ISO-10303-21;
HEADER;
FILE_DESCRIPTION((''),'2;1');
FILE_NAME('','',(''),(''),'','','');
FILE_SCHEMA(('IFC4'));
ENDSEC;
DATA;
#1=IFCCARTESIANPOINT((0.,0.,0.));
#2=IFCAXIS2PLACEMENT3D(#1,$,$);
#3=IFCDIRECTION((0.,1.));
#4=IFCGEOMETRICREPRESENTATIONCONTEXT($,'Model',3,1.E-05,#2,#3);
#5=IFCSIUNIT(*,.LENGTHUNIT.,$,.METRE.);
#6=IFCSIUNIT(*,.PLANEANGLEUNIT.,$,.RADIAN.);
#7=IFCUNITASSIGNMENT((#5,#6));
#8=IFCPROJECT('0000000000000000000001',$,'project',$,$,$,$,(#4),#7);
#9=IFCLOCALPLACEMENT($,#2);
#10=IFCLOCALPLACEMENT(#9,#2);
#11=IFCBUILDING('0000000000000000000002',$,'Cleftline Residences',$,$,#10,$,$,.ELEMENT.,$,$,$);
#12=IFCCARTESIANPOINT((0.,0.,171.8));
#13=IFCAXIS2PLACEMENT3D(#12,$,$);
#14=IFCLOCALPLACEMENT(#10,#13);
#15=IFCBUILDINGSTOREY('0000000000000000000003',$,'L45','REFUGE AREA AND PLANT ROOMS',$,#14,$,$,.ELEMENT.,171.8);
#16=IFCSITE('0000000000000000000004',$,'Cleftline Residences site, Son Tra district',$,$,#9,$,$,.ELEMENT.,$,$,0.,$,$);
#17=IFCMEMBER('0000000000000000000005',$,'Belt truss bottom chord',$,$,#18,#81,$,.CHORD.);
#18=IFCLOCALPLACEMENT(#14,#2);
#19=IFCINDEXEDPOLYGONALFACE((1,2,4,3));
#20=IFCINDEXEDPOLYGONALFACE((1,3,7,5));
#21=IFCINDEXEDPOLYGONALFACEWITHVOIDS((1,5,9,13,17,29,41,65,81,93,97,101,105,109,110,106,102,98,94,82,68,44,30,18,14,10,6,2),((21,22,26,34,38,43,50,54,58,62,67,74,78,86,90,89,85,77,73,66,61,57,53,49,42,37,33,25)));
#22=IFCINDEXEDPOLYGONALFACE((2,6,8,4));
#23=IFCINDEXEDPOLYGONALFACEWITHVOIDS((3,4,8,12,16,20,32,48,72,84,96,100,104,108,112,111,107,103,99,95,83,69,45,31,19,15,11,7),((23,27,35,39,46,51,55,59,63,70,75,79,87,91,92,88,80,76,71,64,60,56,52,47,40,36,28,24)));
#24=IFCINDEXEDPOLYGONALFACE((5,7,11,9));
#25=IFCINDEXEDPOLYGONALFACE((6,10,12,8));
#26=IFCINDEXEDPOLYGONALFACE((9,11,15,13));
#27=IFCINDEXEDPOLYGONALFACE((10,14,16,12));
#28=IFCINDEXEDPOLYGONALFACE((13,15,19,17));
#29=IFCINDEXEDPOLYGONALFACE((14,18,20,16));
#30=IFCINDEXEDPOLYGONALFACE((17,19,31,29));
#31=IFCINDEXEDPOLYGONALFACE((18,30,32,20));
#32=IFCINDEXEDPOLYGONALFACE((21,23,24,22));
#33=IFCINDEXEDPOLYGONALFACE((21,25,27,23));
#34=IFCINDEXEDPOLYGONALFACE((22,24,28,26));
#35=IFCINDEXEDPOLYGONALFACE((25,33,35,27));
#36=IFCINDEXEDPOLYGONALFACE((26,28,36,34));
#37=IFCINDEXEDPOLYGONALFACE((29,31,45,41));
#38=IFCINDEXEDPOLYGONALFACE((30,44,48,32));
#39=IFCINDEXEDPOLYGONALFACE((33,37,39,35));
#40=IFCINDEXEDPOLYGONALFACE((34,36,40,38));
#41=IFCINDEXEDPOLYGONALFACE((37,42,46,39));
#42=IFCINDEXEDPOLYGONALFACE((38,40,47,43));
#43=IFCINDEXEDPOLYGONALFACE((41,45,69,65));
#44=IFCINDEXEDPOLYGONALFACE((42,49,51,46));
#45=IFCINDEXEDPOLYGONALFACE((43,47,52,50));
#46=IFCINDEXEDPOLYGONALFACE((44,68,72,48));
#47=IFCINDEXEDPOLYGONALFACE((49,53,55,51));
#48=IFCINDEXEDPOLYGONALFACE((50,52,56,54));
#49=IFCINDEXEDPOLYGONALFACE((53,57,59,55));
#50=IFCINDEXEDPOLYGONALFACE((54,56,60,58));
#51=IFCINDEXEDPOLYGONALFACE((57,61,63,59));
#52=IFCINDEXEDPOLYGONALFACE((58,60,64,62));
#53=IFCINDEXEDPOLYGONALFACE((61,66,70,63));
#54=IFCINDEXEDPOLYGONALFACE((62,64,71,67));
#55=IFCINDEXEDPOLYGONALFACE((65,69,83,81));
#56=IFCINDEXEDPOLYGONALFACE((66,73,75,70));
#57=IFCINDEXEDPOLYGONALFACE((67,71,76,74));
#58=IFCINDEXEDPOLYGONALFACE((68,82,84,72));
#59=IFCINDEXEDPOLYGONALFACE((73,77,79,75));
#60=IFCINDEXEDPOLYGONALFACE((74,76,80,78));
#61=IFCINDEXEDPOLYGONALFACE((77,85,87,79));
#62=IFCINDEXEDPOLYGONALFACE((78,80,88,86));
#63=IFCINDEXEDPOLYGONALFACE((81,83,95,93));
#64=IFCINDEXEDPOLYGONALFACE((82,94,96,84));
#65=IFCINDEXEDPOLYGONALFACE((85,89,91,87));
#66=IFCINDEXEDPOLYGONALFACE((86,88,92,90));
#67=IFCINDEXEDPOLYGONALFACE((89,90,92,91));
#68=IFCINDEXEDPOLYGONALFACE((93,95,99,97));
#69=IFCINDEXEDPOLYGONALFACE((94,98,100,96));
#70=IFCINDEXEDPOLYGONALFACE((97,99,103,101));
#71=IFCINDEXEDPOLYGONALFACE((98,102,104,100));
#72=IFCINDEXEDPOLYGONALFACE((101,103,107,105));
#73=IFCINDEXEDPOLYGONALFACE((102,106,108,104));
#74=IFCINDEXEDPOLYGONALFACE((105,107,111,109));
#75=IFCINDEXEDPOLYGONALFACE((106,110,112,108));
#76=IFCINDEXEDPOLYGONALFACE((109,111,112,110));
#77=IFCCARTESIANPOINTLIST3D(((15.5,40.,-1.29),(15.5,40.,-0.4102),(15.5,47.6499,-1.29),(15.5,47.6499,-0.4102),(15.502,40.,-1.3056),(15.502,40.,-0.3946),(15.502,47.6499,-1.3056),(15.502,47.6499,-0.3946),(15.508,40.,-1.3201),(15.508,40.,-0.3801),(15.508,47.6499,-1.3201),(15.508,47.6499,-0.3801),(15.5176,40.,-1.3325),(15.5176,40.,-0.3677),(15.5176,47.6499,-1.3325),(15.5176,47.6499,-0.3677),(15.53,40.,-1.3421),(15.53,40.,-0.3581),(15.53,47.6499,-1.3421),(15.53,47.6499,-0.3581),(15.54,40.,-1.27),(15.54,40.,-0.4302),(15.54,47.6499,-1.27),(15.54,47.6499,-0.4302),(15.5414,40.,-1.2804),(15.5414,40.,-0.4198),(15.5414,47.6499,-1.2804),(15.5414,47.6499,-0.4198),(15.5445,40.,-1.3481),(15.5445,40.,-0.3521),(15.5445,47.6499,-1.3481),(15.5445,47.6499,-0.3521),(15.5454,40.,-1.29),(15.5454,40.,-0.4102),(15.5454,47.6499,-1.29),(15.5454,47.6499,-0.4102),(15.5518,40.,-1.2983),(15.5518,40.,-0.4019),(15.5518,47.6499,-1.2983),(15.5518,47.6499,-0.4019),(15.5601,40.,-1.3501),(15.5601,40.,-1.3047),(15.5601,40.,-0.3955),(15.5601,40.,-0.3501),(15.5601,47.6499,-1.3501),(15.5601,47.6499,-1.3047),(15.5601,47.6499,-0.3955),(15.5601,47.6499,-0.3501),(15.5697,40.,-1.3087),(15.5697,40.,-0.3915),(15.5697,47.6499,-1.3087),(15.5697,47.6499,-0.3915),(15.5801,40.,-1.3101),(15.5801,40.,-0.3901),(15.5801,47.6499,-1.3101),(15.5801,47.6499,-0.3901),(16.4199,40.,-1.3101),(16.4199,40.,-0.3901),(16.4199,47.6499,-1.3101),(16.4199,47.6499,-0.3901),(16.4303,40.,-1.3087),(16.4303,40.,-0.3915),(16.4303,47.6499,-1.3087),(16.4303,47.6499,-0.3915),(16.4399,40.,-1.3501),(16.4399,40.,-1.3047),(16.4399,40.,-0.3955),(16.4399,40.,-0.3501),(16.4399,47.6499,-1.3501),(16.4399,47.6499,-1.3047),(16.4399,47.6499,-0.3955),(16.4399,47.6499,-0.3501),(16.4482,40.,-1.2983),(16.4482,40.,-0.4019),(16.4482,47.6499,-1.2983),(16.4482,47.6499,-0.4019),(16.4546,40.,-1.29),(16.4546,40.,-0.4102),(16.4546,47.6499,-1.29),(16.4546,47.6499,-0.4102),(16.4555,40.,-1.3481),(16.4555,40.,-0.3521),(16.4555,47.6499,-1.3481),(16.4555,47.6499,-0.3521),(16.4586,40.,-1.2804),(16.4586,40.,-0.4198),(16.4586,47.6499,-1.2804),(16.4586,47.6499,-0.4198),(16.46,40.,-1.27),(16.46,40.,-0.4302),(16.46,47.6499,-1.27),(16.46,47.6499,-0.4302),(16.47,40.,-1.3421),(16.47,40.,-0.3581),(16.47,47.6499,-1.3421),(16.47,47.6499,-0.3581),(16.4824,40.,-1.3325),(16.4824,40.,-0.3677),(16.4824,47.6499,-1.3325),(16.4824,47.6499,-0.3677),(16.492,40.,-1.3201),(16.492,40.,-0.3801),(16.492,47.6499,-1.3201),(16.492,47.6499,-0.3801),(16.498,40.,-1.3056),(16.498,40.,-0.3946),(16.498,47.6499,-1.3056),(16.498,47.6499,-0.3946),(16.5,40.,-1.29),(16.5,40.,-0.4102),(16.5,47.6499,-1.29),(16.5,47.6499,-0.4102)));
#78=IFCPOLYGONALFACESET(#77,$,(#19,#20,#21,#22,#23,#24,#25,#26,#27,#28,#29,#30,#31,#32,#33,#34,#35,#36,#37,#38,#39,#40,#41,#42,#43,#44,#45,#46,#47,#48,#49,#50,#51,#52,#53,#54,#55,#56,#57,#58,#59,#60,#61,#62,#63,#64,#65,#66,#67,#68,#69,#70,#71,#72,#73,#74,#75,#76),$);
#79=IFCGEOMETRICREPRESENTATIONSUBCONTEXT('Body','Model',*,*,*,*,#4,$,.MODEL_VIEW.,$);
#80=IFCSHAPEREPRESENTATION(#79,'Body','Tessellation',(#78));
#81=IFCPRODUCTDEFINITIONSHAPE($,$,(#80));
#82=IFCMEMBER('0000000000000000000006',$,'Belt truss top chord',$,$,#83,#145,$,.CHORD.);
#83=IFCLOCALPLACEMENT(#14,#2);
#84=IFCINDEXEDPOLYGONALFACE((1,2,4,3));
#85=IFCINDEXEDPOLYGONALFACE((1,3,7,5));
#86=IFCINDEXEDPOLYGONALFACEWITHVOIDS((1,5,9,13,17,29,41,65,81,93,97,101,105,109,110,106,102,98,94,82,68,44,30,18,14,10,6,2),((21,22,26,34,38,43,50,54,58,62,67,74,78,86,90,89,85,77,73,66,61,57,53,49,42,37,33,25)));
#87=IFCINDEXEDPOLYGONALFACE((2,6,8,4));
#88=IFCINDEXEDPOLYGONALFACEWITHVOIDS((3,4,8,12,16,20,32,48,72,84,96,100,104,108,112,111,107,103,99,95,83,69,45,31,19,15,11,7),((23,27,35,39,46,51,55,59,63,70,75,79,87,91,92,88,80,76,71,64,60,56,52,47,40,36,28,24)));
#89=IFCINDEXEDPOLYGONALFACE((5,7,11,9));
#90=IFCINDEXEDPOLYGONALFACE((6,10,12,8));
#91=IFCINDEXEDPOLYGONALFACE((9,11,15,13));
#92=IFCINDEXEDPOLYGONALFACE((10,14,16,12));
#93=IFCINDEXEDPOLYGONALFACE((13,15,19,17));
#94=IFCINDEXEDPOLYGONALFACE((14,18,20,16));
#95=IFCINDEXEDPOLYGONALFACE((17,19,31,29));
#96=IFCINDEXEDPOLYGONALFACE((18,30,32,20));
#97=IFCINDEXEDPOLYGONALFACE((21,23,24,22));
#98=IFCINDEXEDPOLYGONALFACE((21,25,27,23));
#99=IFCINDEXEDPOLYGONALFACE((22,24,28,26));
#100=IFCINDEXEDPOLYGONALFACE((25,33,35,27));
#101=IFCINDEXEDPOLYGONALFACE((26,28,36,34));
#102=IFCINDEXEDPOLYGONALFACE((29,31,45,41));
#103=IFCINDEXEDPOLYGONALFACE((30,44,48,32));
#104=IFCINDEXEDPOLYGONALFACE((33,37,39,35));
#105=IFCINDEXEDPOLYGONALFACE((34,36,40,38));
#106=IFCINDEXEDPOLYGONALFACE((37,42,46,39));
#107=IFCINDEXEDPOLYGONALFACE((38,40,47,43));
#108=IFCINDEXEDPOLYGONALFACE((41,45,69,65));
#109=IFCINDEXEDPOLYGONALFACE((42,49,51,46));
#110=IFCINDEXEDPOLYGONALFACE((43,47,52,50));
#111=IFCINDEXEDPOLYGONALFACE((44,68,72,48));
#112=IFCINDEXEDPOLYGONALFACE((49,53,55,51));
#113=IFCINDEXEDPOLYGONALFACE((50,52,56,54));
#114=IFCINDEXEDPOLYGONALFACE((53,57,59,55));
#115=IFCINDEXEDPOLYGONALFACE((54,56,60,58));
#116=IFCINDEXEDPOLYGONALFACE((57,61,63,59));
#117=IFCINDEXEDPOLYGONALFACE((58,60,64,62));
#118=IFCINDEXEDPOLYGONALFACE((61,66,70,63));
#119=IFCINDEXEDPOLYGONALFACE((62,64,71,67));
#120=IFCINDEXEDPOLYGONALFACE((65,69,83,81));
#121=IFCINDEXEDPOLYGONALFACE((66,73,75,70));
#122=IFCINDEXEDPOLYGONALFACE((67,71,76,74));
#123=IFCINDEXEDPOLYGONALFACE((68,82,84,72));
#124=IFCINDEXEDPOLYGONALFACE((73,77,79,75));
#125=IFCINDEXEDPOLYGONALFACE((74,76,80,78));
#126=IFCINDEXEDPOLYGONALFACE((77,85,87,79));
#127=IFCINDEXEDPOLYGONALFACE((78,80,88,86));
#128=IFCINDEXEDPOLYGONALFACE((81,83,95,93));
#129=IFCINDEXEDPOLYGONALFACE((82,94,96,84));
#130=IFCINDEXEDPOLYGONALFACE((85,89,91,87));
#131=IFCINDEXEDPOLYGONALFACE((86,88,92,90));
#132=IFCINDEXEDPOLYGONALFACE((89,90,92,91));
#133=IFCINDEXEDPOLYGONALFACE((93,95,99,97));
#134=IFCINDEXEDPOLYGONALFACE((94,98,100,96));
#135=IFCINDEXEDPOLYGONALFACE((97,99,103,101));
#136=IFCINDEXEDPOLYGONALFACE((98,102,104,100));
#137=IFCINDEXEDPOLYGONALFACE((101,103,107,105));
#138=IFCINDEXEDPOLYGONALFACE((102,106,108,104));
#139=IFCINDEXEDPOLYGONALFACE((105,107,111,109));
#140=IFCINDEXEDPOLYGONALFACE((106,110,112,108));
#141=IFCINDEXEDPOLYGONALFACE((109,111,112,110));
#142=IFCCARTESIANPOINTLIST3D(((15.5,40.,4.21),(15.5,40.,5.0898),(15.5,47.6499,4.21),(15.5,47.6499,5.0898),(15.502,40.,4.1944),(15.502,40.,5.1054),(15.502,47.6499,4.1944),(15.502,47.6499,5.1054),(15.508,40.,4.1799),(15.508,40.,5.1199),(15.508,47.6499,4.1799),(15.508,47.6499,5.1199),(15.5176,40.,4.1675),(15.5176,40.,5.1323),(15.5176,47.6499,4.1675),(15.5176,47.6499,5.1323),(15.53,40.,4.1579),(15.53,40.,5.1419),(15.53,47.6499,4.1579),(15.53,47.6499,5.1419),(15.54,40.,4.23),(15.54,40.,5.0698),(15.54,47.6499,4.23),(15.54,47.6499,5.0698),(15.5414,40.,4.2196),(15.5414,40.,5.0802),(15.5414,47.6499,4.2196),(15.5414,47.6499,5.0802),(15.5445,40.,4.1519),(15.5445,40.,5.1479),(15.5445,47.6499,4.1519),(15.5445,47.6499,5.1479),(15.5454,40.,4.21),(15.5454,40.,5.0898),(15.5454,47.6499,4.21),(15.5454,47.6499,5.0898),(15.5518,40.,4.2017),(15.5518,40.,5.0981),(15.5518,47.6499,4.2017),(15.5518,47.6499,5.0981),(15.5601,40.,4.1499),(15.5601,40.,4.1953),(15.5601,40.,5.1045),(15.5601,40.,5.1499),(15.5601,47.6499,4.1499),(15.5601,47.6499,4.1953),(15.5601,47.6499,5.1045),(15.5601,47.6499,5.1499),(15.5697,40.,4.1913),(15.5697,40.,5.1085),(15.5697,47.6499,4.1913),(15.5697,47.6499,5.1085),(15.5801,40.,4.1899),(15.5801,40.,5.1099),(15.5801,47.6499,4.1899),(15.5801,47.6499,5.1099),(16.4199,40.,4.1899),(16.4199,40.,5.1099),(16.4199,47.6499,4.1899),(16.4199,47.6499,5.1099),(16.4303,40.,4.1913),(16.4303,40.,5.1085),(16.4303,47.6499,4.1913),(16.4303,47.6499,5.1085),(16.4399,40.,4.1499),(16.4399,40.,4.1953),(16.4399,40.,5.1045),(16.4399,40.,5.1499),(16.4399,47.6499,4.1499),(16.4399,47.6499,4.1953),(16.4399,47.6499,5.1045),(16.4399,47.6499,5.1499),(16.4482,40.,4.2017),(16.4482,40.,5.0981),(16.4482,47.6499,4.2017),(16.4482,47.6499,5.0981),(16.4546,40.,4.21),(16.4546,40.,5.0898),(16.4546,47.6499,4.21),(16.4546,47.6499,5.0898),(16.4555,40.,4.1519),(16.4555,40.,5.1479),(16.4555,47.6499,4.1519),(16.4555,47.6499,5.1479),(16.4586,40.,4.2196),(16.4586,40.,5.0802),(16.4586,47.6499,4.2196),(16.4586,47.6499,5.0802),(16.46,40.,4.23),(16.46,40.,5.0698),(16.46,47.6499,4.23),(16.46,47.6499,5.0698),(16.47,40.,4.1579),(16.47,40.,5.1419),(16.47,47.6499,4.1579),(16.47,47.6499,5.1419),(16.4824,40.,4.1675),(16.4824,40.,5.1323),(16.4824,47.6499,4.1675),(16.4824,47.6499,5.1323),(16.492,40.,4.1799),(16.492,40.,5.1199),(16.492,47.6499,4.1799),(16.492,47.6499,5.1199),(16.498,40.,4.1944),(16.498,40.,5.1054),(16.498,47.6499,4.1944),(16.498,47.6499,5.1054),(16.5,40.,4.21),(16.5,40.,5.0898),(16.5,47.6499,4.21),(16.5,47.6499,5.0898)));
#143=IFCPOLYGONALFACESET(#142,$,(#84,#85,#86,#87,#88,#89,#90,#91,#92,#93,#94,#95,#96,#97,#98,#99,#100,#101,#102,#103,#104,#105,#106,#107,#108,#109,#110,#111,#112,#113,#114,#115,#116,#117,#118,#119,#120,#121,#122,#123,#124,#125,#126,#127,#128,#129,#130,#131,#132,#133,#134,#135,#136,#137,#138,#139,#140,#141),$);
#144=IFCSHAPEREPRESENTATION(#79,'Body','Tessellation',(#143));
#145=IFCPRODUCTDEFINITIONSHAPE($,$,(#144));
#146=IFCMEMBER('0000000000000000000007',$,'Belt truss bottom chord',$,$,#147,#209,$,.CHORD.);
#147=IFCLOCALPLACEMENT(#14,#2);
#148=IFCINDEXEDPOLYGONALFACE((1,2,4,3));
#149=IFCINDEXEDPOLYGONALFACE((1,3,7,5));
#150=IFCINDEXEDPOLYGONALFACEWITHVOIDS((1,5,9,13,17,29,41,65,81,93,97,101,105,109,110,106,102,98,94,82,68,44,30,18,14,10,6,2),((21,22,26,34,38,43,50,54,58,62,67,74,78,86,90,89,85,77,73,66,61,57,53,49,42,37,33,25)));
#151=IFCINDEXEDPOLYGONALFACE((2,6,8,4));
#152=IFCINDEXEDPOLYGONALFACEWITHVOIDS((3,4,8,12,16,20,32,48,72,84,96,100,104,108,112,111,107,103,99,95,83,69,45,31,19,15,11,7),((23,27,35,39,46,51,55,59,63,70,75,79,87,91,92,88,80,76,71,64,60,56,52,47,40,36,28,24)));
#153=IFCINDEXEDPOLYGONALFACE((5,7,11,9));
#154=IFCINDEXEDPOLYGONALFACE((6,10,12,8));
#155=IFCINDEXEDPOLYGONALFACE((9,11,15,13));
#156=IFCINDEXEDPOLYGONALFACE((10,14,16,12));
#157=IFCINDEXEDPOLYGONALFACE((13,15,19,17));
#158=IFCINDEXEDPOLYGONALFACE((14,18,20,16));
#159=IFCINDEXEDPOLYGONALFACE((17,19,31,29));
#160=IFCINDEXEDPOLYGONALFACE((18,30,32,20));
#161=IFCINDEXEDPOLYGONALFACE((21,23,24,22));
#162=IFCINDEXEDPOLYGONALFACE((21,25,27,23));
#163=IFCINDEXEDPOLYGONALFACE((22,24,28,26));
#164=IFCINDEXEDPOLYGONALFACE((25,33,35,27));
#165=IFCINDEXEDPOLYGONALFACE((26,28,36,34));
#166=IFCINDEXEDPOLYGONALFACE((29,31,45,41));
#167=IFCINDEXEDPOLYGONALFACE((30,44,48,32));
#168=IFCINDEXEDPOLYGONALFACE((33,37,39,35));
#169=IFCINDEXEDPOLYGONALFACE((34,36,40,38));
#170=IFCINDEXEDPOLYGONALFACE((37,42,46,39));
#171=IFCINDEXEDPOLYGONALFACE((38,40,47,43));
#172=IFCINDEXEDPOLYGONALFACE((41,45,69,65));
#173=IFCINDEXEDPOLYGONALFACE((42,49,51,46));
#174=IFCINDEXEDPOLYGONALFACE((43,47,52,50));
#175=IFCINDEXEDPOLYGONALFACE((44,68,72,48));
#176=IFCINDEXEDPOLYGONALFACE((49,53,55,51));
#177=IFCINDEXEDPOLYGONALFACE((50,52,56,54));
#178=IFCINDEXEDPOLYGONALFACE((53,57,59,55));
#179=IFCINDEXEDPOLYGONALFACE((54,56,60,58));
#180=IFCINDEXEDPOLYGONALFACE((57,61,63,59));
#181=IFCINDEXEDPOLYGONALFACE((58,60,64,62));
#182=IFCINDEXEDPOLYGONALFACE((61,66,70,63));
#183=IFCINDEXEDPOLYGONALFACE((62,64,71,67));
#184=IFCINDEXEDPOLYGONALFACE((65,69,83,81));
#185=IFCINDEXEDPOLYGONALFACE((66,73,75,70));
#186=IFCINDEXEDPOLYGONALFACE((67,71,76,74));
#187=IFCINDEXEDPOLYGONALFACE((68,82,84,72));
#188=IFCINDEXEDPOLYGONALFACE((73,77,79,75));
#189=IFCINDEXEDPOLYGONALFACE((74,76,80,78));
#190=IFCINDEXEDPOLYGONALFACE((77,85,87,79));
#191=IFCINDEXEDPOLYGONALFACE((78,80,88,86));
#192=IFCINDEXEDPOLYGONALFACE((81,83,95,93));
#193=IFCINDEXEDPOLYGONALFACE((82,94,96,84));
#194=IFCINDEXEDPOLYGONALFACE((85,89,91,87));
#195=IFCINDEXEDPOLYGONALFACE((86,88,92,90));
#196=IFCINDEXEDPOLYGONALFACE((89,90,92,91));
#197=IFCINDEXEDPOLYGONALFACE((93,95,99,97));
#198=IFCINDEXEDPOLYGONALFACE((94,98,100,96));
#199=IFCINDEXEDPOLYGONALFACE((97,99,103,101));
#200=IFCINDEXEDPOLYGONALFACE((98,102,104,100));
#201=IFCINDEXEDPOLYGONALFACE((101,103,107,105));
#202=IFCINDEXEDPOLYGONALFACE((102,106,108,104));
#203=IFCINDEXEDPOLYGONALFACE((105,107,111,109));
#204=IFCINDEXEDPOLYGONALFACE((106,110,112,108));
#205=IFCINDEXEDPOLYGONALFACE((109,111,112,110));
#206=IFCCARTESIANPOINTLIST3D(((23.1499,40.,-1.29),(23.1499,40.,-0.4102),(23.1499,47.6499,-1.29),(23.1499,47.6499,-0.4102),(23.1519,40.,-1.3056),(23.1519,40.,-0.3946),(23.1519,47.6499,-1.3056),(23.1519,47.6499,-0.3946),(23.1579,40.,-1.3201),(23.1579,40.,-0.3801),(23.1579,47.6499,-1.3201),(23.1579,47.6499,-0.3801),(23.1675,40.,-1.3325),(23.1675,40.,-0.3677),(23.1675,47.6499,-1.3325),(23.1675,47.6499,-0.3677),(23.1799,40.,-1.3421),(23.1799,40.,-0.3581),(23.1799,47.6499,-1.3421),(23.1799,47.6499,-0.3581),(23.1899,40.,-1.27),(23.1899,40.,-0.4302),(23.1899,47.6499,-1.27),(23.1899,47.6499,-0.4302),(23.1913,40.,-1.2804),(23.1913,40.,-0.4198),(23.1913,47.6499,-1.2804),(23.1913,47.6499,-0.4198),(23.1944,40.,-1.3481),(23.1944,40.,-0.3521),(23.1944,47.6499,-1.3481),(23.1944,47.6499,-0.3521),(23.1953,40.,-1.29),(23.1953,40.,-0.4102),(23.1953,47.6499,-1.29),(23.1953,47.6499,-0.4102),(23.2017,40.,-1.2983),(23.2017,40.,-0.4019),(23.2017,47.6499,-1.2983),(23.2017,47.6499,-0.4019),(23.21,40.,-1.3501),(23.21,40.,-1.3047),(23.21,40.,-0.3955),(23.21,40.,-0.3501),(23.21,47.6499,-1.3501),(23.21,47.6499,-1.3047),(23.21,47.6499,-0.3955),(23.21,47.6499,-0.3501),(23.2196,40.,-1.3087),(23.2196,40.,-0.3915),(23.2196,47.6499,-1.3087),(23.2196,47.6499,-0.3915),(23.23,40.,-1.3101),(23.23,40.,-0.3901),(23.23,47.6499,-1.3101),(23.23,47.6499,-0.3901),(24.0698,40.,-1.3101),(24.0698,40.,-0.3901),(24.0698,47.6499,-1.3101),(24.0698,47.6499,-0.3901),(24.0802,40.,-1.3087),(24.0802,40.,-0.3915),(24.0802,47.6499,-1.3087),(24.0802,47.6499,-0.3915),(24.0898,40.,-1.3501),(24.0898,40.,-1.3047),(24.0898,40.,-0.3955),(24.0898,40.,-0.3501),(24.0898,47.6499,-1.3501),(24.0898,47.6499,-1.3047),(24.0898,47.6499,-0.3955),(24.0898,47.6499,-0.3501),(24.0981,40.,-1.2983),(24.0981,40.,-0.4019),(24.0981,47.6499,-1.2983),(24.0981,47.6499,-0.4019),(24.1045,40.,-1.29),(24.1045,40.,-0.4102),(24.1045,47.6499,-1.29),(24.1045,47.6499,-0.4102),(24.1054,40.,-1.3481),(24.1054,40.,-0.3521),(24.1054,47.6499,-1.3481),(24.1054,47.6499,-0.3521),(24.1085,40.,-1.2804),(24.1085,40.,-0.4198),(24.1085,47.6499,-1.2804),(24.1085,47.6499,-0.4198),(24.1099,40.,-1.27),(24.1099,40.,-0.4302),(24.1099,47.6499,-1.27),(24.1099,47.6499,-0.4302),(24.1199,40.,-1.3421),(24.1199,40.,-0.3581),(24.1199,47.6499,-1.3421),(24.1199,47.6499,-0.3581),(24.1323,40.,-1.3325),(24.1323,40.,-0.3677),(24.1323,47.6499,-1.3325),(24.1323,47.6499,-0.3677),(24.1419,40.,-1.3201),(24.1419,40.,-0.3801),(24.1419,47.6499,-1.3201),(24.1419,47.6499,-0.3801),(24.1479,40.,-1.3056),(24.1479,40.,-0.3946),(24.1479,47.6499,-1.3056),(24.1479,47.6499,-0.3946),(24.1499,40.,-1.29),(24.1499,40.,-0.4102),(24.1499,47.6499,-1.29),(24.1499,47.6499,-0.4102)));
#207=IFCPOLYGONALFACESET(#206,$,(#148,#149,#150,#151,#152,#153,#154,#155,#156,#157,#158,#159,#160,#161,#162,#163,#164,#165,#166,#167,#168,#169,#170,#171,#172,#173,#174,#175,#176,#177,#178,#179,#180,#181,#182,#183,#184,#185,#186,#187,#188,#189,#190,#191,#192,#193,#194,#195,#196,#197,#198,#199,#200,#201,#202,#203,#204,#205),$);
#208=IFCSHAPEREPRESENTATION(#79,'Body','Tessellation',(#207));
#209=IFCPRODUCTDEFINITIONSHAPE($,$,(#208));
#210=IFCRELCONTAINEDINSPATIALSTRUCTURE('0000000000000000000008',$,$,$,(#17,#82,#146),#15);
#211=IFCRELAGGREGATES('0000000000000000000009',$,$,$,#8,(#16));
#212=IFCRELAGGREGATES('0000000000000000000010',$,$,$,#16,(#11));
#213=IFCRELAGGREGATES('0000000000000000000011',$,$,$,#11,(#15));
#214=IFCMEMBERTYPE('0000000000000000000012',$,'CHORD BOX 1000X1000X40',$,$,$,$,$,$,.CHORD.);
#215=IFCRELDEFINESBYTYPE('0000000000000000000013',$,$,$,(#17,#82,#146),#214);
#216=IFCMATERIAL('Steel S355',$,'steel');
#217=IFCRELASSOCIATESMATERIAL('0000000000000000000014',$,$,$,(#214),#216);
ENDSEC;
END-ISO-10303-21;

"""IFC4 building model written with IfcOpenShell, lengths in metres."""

from ifc_helpers import new_model, si_unit, direction, frame, origin, origin_2d, place, context, subcontext, project, spatial, hollow_rectangle, extrude, material, material_profile, profile_set, type_object, element, save


model = new_model("IFC4")

# Units and contexts
model_context = context("Model", 3, precision=1e-05, world=origin(), true_north=direction((0.0, 1.0)))
body_context = subcontext(model_context, "Body", "Model", "MODEL_VIEW")
ifc_project = project(units=[si_unit("LENGTHUNIT", "METRE"), si_unit("PLANEANGLEUNIT", "RADIAN")], contexts=[model_context])

# Site, building, storey
site_placement = place(None, origin())
site = spatial("IfcSite", under=ifc_project, at=site_placement, Name="Cleftline Residences site, Son Tra district", CompositionType="ELEMENT", RefElevation=0.0)
building_placement = place(site_placement, origin())
building = spatial("IfcBuilding", under=site, at=building_placement, Name="Cleftline Residences", CompositionType="ELEMENT")
storey_placement = place(building_placement, frame((0.0, 0.0, 171.8)))
storey = spatial("IfcBuildingStorey", under=building, at=storey_placement, Name="L45", Description="REFUGE AREA AND PLANT ROOMS", CompositionType="ELEMENT", Elevation=171.8)

# Members
ifc_material_1 = material(Name="Steel S355", Category="steel")
ifc_material_profile_1 = material_profile(ifc_material_1, hollow_rectangle(XDim=1.0, YDim=1.0, WallThickness=0.04, InnerFilletRadius=0.04, OuterFilletRadius=0.0601, at=origin_2d()))
ifc_profile_set_1 = profile_set([ifc_material_profile_1], Name="Steel S355")
member_type_1 = type_object("IfcMemberType", Name="CHORD BOX 1000X1000X40", PredefinedType="CHORD", material=ifc_profile_set_1)
for number, where, z_axis, x_axis, name in (
    (1, (16.0, 40.0, -0.8501), (0.0, 1.0, 0.0), (-1.0, 0.0, 0.0), "Belt truss bottom chord"),
    (2, (16.0, 40.0, 4.6499), (0.0, 1.0, 0.0), (-1.0, 0.0, 0.0), "Belt truss top chord"),
    (3, (23.6499, 40.0, -0.8501), (0.0, 1.0, 0.0), (-1.0, 0.0, 0.0), "Belt truss bottom chord"),
):
    element("IfcMember", number, at=place(storey_placement, frame(where, z_axis=z_axis, x_axis=x_axis)), inside=storey, type_object=member_type_1, Name=name, PredefinedType="CHORD", context=body_context, shape_type="SweptSolid", body=[
        extrude(hollow_rectangle(XDim=1.0, YDim=1.0, WallThickness=0.04, InnerFilletRadius=0.04, OuterFilletRadius=0.0601, at=origin_2d()), origin(), (0.0, 0.0, 1.0), 7.6499),
    ])

save(model, "model.ifc")
